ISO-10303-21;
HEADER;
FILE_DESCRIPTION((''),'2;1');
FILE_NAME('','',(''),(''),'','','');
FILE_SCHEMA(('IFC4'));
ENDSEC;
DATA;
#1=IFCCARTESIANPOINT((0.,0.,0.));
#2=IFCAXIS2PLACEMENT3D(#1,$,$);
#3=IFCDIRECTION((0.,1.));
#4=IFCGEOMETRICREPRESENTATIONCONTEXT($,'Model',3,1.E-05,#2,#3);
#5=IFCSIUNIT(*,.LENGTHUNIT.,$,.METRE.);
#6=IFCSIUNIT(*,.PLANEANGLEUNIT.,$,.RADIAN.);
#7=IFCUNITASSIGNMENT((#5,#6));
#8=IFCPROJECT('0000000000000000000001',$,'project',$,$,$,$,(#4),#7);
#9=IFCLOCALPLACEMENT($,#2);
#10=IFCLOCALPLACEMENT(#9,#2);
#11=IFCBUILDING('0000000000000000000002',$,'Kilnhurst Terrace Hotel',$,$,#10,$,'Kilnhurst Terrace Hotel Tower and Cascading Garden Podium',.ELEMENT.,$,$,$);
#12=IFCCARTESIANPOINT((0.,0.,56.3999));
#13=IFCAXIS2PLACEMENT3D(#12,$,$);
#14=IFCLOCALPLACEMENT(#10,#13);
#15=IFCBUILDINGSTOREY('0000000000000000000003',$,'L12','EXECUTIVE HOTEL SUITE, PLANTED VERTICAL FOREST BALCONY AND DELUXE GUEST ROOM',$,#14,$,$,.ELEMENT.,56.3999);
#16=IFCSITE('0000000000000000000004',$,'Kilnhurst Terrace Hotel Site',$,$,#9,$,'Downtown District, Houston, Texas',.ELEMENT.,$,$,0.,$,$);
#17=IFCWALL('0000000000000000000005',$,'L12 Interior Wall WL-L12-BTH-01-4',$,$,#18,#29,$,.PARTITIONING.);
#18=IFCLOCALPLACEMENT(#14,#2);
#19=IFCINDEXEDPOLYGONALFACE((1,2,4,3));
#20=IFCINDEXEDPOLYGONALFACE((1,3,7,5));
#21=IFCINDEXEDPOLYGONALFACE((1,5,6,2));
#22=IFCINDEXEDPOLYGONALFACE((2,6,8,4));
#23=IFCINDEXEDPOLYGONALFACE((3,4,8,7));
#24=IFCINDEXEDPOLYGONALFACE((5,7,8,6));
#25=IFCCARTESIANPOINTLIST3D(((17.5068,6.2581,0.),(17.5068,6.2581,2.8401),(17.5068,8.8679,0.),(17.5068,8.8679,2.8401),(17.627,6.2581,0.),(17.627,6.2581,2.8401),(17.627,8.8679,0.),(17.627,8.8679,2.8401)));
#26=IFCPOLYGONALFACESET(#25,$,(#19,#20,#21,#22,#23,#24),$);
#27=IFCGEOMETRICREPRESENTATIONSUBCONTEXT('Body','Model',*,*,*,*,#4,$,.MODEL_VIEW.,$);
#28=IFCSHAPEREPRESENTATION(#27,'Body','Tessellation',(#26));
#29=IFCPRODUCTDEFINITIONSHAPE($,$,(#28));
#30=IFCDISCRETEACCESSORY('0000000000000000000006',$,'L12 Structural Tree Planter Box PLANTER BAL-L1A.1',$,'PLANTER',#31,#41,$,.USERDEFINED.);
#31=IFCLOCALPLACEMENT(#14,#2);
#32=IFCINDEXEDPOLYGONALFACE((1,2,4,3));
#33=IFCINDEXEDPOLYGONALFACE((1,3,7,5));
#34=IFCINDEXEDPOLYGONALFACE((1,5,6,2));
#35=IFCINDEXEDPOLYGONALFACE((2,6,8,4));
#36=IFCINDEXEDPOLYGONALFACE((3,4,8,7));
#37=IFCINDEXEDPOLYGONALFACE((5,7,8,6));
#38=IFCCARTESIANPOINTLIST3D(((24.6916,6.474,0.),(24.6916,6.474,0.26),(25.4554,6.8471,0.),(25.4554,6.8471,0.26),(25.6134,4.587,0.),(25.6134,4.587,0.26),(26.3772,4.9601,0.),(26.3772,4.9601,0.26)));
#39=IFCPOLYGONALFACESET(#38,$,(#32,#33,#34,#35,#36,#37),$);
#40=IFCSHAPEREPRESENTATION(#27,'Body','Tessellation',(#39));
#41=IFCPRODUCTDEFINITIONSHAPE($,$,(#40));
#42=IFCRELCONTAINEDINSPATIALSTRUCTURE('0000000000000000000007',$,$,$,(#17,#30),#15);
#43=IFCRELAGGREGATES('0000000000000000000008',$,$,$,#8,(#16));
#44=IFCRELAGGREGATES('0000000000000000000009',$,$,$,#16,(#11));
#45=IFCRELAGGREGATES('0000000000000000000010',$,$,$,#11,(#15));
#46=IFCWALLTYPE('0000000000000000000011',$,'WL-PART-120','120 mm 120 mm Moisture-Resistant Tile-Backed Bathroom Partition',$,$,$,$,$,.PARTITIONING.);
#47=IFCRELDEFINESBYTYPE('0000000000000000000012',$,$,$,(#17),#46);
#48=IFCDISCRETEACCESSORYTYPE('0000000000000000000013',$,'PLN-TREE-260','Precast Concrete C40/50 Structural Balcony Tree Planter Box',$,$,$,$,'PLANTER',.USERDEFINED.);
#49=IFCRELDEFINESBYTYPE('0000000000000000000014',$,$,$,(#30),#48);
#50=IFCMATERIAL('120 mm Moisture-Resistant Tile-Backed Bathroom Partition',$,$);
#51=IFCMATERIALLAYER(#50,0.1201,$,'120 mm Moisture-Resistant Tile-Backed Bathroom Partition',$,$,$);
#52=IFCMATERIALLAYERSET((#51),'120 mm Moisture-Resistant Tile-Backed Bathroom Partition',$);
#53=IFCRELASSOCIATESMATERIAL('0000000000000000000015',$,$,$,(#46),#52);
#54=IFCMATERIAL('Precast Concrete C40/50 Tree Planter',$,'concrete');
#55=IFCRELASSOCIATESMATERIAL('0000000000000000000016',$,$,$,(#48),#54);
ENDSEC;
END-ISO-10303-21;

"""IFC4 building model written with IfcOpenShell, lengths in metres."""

from ifc_helpers import new_model, si_unit, direction, frame, frame_2d, origin, origin_2d, place, context, subcontext, project, spatial, rectangle, extrude, material, layer, layer_set, type_object, element, save


model = new_model("IFC4")

# Units and contexts
model_context = context("Model", 3, precision=1e-05, world=origin(), true_north=direction((0.0, 1.0)))
body_context = subcontext(model_context, "Body", "Model", "MODEL_VIEW")
ifc_project = project(units=[si_unit("LENGTHUNIT", "METRE"), si_unit("PLANEANGLEUNIT", "RADIAN")], contexts=[model_context])

# Site, building, storey
site_placement = place(None, origin())
site = spatial("IfcSite", under=ifc_project, at=site_placement, Name="Kilnhurst Terrace Hotel Site", LongName="Downtown District, Houston, Texas", CompositionType="ELEMENT", RefElevation=0.0)
building_placement = place(site_placement, origin())
building = spatial("IfcBuilding", under=site, at=building_placement, Name="Kilnhurst Terrace Hotel", LongName="Kilnhurst Terrace Hotel Tower and Cascading Garden Podium", CompositionType="ELEMENT")
storey_placement = place(building_placement, frame((0.0, 0.0, 56.3999)))
storey = spatial("IfcBuildingStorey", under=building, at=storey_placement, Name="L12", Description="EXECUTIVE HOTEL SUITE, PLANTED VERTICAL FOREST BALCONY AND DELUXE GUEST ROOM", CompositionType="ELEMENT", Elevation=56.3999)

# Shared definitions
ifc_material_1 = material(Name="120 mm Moisture-Resistant Tile-Backed Bathroom Partition")
ifc_layer_1 = layer(ifc_material_1, 0.1201, Name="120 mm Moisture-Resistant Tile-Backed Bathroom Partition")
ifc_layer_set_1 = layer_set([ifc_layer_1], Name="120 mm Moisture-Resistant Tile-Backed Bathroom Partition")
wall_type_1 = type_object("IfcWallType", Name="WL-PART-120", Description="120 mm 120 mm Moisture-Resistant Tile-Backed Bathroom Partition", PredefinedType="PARTITIONING", material=ifc_layer_set_1)

# Wall
wall_1_placement = place(storey_placement, frame((17.5669, 8.8679, 0.0), z_axis=(0.0, 0.0, 1.0), x_axis=(0.0, -1.0, 0.0)))
element("IfcWall", 1, at=wall_1_placement, inside=storey, type_object=wall_type_1, Name="L12 Interior Wall WL-L12-BTH-01-4", PredefinedType="PARTITIONING", context=body_context, shape_type="SweptSolid", body=[
    extrude(rectangle(XDim=2.6099, YDim=0.1201, at=frame_2d((1.3049, 0.0))), origin(), (0.0, 0.0, 1.0), 2.8401),
])

# Discrete accessory
ifc_material_2 = material(Name="Precast Concrete C40/50 Tree Planter", Category="concrete")
discrete_accessory_type = type_object("IfcDiscreteAccessoryType", Name="PLN-TREE-260", Description="Precast Concrete C40/50 Structural Balcony Tree Planter Box", ElementType="PLANTER", PredefinedType="USERDEFINED", material=ifc_material_2)
discrete_accessory_placement = place(storey_placement, frame((25.5344, 5.717, 0.0), z_axis=(0.0, 0.0, 1.0), x_axis=(-0.438936, 0.898518, 0.0)))
element("IfcDiscreteAccessory", 2, at=discrete_accessory_placement, inside=storey, type_object=discrete_accessory_type, Name="L12 Structural Tree Planter Box PLANTER BAL-L1A.1", ObjectType="PLANTER", PredefinedType="USERDEFINED", context=body_context, shape_type="SweptSolid", body=[
    extrude(rectangle(XDim=2.1001, YDim=0.8501, at=origin_2d()), origin(), (0.0, 0.0, 1.0), 0.26),
])

save(model, "model.ifc")
